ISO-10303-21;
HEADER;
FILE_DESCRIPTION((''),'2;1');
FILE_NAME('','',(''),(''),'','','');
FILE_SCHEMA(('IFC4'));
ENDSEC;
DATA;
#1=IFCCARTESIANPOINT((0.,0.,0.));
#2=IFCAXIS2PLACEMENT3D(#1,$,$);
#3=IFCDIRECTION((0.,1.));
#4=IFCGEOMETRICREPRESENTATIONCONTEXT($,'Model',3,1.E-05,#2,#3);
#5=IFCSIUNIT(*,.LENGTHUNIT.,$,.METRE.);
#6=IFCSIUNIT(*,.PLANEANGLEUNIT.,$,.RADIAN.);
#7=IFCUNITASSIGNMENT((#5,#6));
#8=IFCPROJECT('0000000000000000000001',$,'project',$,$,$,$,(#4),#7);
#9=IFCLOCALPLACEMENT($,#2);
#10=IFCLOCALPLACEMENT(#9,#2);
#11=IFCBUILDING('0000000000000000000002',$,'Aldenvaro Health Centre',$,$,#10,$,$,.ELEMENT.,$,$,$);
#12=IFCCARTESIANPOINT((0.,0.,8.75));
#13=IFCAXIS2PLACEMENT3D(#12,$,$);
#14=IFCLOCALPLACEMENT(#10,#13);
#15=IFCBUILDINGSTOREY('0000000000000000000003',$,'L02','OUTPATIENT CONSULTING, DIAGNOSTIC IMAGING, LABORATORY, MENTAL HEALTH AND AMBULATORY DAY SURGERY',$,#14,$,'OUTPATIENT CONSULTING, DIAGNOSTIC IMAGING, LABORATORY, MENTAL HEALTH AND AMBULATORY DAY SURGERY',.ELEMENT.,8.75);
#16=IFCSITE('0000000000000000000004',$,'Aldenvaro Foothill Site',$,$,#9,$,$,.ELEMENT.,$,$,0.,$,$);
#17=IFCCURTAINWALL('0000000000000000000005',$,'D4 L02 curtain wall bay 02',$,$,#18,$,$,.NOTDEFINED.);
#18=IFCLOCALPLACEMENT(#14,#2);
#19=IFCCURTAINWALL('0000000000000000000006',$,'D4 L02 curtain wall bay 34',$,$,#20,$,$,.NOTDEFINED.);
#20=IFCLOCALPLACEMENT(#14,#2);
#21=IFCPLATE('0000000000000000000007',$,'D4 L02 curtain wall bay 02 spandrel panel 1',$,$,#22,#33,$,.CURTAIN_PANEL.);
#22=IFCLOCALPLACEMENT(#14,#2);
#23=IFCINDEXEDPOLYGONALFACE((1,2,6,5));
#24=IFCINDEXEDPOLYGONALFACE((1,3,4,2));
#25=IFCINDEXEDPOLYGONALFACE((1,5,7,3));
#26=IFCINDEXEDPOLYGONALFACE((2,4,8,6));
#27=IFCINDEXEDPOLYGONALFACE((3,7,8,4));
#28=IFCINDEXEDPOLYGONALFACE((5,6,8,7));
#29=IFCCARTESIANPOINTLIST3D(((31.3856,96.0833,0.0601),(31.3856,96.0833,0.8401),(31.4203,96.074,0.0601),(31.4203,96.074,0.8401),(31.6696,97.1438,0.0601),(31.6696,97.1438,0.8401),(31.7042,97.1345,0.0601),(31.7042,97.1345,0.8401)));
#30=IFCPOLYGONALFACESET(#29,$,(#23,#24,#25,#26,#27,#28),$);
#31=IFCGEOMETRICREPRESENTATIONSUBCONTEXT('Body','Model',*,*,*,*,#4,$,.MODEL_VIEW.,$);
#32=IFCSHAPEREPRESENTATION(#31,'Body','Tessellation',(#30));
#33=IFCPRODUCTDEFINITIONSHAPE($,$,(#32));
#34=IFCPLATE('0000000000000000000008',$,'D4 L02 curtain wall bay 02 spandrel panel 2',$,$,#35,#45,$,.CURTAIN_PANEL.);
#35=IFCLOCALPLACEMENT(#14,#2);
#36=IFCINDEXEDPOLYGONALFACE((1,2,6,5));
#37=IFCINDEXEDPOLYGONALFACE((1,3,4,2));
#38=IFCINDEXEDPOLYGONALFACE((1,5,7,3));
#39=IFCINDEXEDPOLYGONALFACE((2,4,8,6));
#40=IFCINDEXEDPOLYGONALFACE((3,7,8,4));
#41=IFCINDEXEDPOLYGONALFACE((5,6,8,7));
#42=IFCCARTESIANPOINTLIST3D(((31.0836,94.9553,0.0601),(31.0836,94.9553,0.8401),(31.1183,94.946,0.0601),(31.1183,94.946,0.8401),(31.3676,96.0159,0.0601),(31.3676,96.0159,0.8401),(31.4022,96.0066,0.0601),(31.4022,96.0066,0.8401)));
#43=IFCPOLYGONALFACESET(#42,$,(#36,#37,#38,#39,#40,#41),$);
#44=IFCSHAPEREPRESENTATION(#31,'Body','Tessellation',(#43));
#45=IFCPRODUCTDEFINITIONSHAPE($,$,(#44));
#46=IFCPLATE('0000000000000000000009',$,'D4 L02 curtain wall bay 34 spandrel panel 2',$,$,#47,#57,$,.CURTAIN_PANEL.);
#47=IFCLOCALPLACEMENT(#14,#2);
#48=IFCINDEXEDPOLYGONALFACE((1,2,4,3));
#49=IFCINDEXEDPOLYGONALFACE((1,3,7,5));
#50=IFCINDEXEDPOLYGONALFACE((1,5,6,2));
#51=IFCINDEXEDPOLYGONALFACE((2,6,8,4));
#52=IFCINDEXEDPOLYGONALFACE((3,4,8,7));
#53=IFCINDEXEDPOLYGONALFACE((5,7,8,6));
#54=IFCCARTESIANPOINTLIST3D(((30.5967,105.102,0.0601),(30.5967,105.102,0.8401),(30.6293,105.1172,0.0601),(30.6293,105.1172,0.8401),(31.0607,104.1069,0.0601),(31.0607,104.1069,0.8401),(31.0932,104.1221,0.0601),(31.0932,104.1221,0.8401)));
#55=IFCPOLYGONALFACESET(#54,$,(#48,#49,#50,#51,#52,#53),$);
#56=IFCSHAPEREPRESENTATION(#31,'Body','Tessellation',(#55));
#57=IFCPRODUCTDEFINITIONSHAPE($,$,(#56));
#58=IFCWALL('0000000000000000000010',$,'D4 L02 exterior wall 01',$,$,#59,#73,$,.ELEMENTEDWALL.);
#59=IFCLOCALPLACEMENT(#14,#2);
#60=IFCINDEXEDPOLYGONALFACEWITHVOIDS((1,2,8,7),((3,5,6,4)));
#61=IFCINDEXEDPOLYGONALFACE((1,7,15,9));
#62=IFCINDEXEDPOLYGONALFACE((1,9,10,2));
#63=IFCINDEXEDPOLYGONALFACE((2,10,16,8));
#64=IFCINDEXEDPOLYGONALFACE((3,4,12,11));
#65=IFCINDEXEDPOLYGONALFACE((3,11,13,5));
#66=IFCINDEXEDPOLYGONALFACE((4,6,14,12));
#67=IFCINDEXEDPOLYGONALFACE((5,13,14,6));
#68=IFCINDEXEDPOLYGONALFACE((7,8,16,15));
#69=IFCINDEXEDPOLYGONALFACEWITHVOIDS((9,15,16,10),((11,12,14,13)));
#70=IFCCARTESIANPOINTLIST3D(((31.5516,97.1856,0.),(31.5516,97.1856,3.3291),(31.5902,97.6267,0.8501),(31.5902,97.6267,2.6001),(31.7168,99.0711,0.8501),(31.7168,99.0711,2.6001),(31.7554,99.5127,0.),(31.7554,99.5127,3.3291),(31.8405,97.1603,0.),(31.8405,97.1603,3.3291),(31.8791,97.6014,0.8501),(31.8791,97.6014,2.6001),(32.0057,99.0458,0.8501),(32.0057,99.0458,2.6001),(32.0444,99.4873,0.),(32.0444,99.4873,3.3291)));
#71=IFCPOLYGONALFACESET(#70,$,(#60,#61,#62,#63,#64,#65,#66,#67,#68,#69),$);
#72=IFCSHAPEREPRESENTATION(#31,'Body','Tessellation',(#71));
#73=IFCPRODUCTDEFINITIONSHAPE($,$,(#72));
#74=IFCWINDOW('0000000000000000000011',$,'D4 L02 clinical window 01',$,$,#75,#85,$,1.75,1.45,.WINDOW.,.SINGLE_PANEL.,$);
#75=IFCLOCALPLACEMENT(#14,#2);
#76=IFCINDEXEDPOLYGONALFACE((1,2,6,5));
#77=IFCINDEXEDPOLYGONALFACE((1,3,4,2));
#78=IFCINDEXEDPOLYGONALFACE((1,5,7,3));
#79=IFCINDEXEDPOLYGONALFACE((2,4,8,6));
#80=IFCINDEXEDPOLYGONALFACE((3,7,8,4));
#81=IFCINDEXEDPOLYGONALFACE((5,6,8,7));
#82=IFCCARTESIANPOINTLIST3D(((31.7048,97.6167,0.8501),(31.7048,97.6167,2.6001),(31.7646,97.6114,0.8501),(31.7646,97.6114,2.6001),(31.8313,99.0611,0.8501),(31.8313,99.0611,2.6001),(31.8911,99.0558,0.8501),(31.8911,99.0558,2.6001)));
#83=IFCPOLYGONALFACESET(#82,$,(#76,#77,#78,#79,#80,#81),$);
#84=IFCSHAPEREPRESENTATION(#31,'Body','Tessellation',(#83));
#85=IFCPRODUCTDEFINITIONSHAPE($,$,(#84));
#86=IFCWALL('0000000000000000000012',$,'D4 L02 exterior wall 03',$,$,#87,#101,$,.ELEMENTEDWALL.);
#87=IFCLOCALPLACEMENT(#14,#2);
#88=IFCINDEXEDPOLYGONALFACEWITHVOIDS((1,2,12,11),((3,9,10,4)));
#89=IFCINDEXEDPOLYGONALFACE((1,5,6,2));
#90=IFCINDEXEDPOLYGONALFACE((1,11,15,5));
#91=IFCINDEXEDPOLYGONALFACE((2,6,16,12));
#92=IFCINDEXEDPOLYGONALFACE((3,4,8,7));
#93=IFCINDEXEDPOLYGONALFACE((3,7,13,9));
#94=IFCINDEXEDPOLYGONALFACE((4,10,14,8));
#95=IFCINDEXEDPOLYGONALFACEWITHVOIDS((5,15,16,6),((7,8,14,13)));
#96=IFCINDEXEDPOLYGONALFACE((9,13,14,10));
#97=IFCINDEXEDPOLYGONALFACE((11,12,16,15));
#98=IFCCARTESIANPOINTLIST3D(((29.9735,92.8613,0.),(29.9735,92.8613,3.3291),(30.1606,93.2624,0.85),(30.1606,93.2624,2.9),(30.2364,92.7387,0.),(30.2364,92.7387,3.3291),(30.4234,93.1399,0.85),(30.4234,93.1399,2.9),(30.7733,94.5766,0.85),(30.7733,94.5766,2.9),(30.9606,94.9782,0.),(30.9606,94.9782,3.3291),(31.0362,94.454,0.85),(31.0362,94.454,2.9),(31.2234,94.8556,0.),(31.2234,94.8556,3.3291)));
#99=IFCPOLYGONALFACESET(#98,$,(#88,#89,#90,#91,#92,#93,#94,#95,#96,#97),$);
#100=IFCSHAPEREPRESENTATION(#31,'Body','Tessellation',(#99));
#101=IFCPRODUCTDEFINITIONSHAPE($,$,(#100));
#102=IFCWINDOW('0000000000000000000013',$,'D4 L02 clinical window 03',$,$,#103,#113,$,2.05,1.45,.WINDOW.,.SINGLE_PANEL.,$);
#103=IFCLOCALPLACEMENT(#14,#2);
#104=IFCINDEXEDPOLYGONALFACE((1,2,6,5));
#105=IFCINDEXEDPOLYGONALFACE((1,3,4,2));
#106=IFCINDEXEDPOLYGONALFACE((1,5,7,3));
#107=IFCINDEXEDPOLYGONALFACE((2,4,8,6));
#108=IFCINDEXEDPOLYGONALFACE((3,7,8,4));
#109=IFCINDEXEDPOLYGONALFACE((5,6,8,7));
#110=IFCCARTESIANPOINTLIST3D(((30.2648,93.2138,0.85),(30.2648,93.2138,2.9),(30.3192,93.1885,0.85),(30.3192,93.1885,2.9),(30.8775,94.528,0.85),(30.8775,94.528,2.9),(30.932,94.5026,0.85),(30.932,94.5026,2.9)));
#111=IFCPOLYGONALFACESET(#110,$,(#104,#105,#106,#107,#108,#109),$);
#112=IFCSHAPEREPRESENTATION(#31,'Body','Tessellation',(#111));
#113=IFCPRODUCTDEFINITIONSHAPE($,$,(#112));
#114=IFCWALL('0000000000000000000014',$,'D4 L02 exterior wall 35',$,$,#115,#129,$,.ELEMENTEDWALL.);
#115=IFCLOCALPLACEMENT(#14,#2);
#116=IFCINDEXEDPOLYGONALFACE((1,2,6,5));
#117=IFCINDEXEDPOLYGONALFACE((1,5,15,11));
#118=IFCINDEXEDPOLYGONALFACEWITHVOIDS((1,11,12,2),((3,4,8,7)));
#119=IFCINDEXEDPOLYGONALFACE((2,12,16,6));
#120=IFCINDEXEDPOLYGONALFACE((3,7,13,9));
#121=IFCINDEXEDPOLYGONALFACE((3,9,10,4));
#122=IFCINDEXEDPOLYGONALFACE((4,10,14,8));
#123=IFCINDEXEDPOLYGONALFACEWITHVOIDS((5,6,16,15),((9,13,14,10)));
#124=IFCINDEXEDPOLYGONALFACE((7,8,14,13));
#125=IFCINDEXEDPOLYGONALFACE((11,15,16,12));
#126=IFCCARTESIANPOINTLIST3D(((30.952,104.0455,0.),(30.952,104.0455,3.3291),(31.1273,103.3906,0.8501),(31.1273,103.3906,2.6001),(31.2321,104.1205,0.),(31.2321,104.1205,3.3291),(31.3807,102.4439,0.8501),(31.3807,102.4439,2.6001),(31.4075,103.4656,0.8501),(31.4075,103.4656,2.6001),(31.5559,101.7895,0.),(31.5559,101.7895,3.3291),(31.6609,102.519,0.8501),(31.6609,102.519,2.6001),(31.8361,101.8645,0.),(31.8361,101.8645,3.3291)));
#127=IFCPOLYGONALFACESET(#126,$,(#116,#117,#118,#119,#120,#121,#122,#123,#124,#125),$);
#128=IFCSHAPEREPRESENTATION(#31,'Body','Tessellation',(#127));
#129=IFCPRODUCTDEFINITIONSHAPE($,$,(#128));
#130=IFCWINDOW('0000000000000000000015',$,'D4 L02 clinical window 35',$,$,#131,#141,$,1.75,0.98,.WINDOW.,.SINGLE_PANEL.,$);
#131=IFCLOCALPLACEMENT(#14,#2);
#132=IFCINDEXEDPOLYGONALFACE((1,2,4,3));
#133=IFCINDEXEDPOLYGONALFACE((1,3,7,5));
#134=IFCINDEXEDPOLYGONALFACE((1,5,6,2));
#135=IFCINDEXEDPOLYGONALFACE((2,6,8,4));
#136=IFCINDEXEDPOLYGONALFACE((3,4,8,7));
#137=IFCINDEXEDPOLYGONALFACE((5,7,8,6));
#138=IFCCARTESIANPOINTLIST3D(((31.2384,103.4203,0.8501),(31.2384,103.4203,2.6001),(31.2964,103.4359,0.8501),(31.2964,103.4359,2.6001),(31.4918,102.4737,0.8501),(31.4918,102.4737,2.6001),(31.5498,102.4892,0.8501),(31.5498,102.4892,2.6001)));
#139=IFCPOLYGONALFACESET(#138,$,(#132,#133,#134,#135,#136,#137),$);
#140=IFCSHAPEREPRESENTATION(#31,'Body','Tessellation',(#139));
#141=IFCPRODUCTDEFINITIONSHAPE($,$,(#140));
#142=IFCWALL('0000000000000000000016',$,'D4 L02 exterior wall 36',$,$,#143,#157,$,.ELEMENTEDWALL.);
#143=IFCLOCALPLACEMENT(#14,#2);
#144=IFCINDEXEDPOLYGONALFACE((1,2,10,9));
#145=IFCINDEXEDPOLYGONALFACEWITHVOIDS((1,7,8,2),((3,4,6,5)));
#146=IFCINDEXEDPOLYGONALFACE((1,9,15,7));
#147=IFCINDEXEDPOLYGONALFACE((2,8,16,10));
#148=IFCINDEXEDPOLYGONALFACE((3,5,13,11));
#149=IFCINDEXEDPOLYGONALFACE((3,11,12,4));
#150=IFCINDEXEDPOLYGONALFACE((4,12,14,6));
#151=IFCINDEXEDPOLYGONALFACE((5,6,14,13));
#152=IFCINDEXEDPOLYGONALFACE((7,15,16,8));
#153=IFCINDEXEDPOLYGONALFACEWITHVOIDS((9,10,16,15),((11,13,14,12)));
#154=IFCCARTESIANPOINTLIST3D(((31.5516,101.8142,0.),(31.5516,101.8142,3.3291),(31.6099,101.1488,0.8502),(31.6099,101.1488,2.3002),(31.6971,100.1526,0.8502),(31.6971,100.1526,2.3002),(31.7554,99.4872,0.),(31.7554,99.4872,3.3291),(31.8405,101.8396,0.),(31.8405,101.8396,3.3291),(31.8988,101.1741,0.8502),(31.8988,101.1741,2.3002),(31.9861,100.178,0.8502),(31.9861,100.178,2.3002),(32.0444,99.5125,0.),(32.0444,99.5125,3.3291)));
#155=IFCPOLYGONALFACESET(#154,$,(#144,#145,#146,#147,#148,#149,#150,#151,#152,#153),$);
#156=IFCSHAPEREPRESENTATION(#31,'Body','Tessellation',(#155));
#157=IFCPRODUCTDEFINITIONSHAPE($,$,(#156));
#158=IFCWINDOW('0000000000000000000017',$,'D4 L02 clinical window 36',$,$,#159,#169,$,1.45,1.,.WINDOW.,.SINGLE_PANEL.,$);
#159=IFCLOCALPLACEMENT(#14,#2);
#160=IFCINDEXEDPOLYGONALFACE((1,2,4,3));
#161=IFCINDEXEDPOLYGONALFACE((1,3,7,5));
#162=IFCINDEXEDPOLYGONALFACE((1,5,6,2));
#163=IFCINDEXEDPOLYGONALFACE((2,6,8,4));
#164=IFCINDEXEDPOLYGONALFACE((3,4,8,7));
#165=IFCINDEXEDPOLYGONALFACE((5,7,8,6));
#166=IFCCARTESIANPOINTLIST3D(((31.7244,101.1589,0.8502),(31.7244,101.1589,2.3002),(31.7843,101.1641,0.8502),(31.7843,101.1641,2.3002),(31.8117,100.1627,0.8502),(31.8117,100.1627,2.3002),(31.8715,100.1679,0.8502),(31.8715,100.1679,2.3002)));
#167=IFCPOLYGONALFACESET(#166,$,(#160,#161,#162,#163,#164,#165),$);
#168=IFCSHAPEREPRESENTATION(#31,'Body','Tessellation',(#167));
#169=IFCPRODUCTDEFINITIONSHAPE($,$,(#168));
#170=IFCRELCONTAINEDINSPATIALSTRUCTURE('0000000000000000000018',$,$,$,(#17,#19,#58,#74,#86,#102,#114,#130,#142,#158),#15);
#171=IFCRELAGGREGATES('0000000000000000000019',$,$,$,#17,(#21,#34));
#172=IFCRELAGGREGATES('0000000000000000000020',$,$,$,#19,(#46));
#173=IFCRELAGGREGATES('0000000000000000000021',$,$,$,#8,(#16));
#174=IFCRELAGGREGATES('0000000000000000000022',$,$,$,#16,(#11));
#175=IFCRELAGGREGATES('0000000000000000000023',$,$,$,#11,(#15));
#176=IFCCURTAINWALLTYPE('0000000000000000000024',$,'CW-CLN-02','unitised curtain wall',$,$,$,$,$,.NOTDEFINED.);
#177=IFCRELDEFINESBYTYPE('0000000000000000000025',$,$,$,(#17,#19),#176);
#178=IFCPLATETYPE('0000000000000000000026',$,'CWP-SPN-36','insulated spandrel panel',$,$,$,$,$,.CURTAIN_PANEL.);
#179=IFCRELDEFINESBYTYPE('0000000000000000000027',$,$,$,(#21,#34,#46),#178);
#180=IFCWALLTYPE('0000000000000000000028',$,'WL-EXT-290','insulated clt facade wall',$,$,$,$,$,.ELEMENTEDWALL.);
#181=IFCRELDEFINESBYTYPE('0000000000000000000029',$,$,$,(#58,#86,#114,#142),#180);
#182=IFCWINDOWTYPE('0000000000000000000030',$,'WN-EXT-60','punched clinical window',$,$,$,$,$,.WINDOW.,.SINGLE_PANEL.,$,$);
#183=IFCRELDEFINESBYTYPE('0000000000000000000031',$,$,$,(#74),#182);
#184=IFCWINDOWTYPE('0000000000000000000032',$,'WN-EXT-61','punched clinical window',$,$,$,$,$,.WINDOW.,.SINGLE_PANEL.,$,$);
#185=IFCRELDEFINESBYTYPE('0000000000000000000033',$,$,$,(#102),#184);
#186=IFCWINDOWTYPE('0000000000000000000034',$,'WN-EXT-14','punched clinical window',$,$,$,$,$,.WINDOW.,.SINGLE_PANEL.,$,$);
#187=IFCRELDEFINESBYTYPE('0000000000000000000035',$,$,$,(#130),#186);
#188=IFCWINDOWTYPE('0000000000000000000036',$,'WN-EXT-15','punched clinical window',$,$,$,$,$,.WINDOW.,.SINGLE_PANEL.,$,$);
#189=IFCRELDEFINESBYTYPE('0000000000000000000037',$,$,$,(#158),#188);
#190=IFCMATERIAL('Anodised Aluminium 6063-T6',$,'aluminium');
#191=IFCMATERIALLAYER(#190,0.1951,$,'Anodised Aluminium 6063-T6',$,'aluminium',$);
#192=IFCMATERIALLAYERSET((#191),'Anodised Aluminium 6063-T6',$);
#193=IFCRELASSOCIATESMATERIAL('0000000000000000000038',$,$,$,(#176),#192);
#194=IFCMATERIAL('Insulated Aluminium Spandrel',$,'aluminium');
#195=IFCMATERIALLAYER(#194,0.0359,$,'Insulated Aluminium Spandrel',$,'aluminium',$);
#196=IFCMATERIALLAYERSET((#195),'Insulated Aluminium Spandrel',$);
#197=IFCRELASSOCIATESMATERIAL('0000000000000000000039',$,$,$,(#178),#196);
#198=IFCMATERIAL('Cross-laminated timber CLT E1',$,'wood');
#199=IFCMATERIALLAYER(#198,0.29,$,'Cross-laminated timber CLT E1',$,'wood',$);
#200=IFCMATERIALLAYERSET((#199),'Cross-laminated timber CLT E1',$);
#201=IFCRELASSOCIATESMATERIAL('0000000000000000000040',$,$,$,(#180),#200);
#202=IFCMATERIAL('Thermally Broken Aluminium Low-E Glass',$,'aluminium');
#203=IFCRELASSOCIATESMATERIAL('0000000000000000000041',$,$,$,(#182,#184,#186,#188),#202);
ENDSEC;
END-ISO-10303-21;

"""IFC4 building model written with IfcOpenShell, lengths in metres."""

from ifc_helpers import new_model, si_unit, direction, frame, frame_2d, origin, origin_2d, place, context, subcontext, project, spatial, rectangle, extrude, material, layer, layer_set, type_object, element, fill, aggregate, save


model = new_model("IFC4")

# Units and contexts
model_context = context("Model", 3, precision=1e-05, world=origin(), true_north=direction((0.0, 1.0)))
body_context = subcontext(model_context, "Body", "Model", "MODEL_VIEW")
ifc_project = project(units=[si_unit("LENGTHUNIT", "METRE"), si_unit("PLANEANGLEUNIT", "RADIAN")], contexts=[model_context])

# Site, building, storey
site_placement = place(None, origin())
site = spatial("IfcSite", under=ifc_project, at=site_placement, Name="Aldenvaro Foothill Site", CompositionType="ELEMENT", RefElevation=0.0)
building_placement = place(site_placement, origin())
building = spatial("IfcBuilding", under=site, at=building_placement, Name="Aldenvaro Health Centre", CompositionType="ELEMENT")
storey_placement = place(building_placement, frame((0.0, 0.0, 8.75)))
storey = spatial("IfcBuildingStorey", under=building, at=storey_placement, Name="L02", Description="OUTPATIENT CONSULTING, DIAGNOSTIC IMAGING, LABORATORY, MENTAL HEALTH AND AMBULATORY DAY SURGERY", LongName="OUTPATIENT CONSULTING, DIAGNOSTIC IMAGING, LABORATORY, MENTAL HEALTH AND AMBULATORY DAY SURGERY", CompositionType="ELEMENT", Elevation=8.75)

# Curtain wall
ifc_material_1 = material(Name="Anodised Aluminium 6063-T6", Category="aluminium")
ifc_layer_1 = layer(ifc_material_1, 0.1951, Name="Anodised Aluminium 6063-T6", Category="aluminium")
ifc_layer_set_1 = layer_set([ifc_layer_1], Name="Anodised Aluminium 6063-T6")
curtain_wall_type = type_object("IfcCurtainWallType", Name="CW-CLN-02", Description="unitised curtain wall", PredefinedType="NOTDEFINED", material=ifc_layer_set_1)
curtain_wall_1_placement = place(storey_placement, origin())
curtain_wall_1 = element("IfcCurtainWall", 1, at=curtain_wall_1_placement, inside=storey, type_object=curtain_wall_type, Name="D4 L02 curtain wall bay 02", PredefinedType="NOTDEFINED")

# Curtain wall
curtain_wall_2_placement = place(storey_placement, origin())
curtain_wall_2 = element("IfcCurtainWall", 2, at=curtain_wall_2_placement, inside=storey, type_object=curtain_wall_type, Name="D4 L02 curtain wall bay 34", PredefinedType="NOTDEFINED")

# Plates
ifc_material_2 = material(Name="Insulated Aluminium Spandrel", Category="aluminium")
ifc_layer_2 = layer(ifc_material_2, 0.0359, Name="Insulated Aluminium Spandrel", Category="aluminium")
ifc_layer_set_2 = layer_set([ifc_layer_2], Name="Insulated Aluminium Spandrel")
plate_type_1 = type_object("IfcPlateType", Name="CWP-SPN-36", Description="insulated spandrel panel", PredefinedType="CURTAIN_PANEL", material=ifc_layer_set_2)
plate_1_placement = place(storey_placement, frame((31.5449, 96.6089, 0.0601), z_axis=(0.0, 0.0, 1.0), x_axis=(-0.258622, -0.965979, 0.0)))
plate_1 = element("IfcPlate", 3, at=plate_1_placement, type_object=plate_type_1, Name="D4 L02 curtain wall bay 02 spandrel panel 1", PredefinedType="CURTAIN_PANEL", context=body_context, shape_type="SweptSolid", body=[
    extrude(rectangle(XDim=1.0979, YDim=0.0359, at=origin_2d()), origin(), (0.0, 0.0, 1.0), 0.78),
])
plate_2_placement = place(storey_placement, frame((31.2429, 95.481, 0.0601), z_axis=(0.0, 0.0, 1.0), x_axis=(-0.258622, -0.965979, 0.0)))
plate_2 = element("IfcPlate", 4, at=plate_2_placement, type_object=plate_type_1, Name="D4 L02 curtain wall bay 02 spandrel panel 2", PredefinedType="CURTAIN_PANEL", context=body_context, shape_type="SweptSolid", body=[
    extrude(rectangle(XDim=1.0979, YDim=0.0359, at=origin_2d()), origin(), (0.0, 0.0, 1.0), 0.78),
])
aggregate(curtain_wall_1, [plate_1, plate_2])
plate_3_placement = place(storey_placement, frame((30.845, 104.6121, 0.0601), z_axis=(0.0, 0.0, 1.0), x_axis=(0.422557, -0.906336, 0.0)))
plate_3 = element("IfcPlate", 5, at=plate_3_placement, type_object=plate_type_1, Name="D4 L02 curtain wall bay 34 spandrel panel 2", PredefinedType="CURTAIN_PANEL", context=body_context, shape_type="SweptSolid", body=[
    extrude(rectangle(XDim=1.0979, YDim=0.0359, at=origin_2d()), origin(), (0.0, 0.0, 1.0), 0.78),
])
aggregate(curtain_wall_2, [plate_3])

# Walls, openings, windows
ifc_material_3 = material(Name="Cross-laminated timber CLT E1", Category="wood")
ifc_layer_3 = layer(ifc_material_3, 0.29, Name="Cross-laminated timber CLT E1", Category="wood")
ifc_layer_set_3 = layer_set([ifc_layer_3], Name="Cross-laminated timber CLT E1")
wall_type = type_object("IfcWallType", Name="WL-EXT-290", Description="insulated clt facade wall", PredefinedType="ELEMENTEDWALL", material=ifc_layer_set_3)
wall_1_placement = place(storey_placement, frame((31.8999, 99.5, 0.0), z_axis=(0.0, 0.0, 1.0), x_axis=(-0.087275, -0.996184, 0.0)))
wall_1 = element("IfcWall", 6, at=wall_1_placement, inside=storey, type_object=wall_type, Name="D4 L02 exterior wall 01", PredefinedType="ELEMENTEDWALL", context=body_context, shape_type="SweptSolid", body=[
    extrude(rectangle(XDim=2.3359, YDim=0.29, at=frame_2d((1.168, 0.0))), origin(), (0.0, 0.0, 1.0), 3.3291),
])
opening_1_placement = place(wall_1_placement, frame((0.4431, 0.0, 0.8501)))
opening_1 = element("IfcOpeningElement", 7, at=opening_1_placement, cuts=wall_1, PredefinedType="OPENING", context=body_context, shape_type="SweptSolid", body=[
    extrude(rectangle(XDim=1.45, YDim=1.75, at=frame_2d((0.7251, 0.875))), frame((0.0, 0.155, 0.0), z_axis=(0.0, -1.0, 0.0), x_axis=(1.0, 0.0, 0.0)), (0.0, 0.0, 1.0), 0.3101),
])
ifc_material_4 = material(Name="Thermally Broken Aluminium Low-E Glass", Category="aluminium")
window_type_1 = type_object("IfcWindowType", Name="WN-EXT-60", Description="punched clinical window", PartitioningType="SINGLE_PANEL", PredefinedType="WINDOW", material=ifc_material_4)
window_1_placement = place(opening_1_placement, origin())
window_1 = element("IfcWindow", 8, at=window_1_placement, inside=storey, type_object=window_type_1, Name="D4 L02 clinical window 01", OverallHeight=1.75, OverallWidth=1.45, PartitioningType="SINGLE_PANEL", PredefinedType="WINDOW", context=body_context, shape_type="SweptSolid", body=[
    extrude(rectangle(XDim=1.45, YDim=1.75, at=frame_2d((0.7251, 0.875))), frame((0.0, 0.03, 0.0), z_axis=(0.0, -1.0, 0.0), x_axis=(1.0, 0.0, 0.0)), (0.0, 0.0, 1.0), 0.0601),
])
fill(opening_1, window_1)
wall_2_placement = place(storey_placement, frame((31.092, 94.917, 0.0), z_axis=(0.0, 0.0, 1.0), x_axis=(-0.422588, -0.906322, 0.0)))
wall_2 = element("IfcWall", 9, at=wall_2_placement, inside=storey, type_object=wall_type, Name="D4 L02 exterior wall 03", PredefinedType="ELEMENTEDWALL", context=body_context, shape_type="SweptSolid", body=[
    extrude(rectangle(XDim=2.3357, YDim=0.29, at=frame_2d((1.168, 0.0))), origin(), (0.0, 0.0, 1.0), 3.3291),
])
opening_2_placement = place(wall_2_placement, frame((0.4431, 0.0, 0.8501)))
opening_2 = element("IfcOpeningElement", 10, at=opening_2_placement, cuts=wall_2, PredefinedType="OPENING", context=body_context, shape_type="SweptSolid", body=[
    extrude(rectangle(XDim=1.45, YDim=2.05, at=frame_2d((0.7251, 1.0249))), frame((0.0, 0.155, 0.0), z_axis=(0.0, -1.0, 0.0), x_axis=(1.0, 0.0, 0.0)), (0.0, 0.0, 1.0), 0.3101),
])
window_type_2 = type_object("IfcWindowType", Name="WN-EXT-61", Description="punched clinical window", PartitioningType="SINGLE_PANEL", PredefinedType="WINDOW", material=ifc_material_4)
window_2_placement = place(opening_2_placement, origin())
window_2 = element("IfcWindow", 11, at=window_2_placement, inside=storey, type_object=window_type_2, Name="D4 L02 clinical window 03", OverallHeight=2.05, OverallWidth=1.45, PartitioningType="SINGLE_PANEL", PredefinedType="WINDOW", context=body_context, shape_type="SweptSolid", body=[
    extrude(rectangle(XDim=1.45, YDim=2.05, at=frame_2d((0.7251, 1.0249))), frame((0.0, 0.03, 0.0), z_axis=(0.0, -1.0, 0.0), x_axis=(1.0, 0.0, 0.0)), (0.0, 0.0, 1.0), 0.0601),
])
fill(opening_2, window_2)
wall_3_placement = place(storey_placement, frame((31.092, 104.083, 0.0), z_axis=(0.0, 0.0, 1.0), x_axis=(0.258612, -0.965981, 0.0)))
wall_3 = element("IfcWall", 12, at=wall_3_placement, inside=storey, type_object=wall_type, Name="D4 L02 exterior wall 35", PredefinedType="ELEMENTEDWALL", context=body_context, shape_type="SweptSolid", body=[
    extrude(rectangle(XDim=2.3354, YDim=0.29, at=frame_2d((1.1677, 0.0))), origin(), (0.0, 0.0, 1.0), 3.3291),
])
opening_3_placement = place(wall_3_placement, frame((0.678, 0.0, 0.8501)))
opening_3 = element("IfcOpeningElement", 13, at=opening_3_placement, cuts=wall_3, PredefinedType="OPENING", context=body_context, shape_type="SweptSolid", body=[
    extrude(rectangle(XDim=0.98, YDim=1.75, at=frame_2d((0.49, 0.875))), frame((0.0, 0.155, 0.0), z_axis=(0.0, -1.0, 0.0), x_axis=(1.0, 0.0, 0.0)), (0.0, 0.0, 1.0), 0.3101),
])
window_type_3 = type_object("IfcWindowType", Name="WN-EXT-14", Description="punched clinical window", PartitioningType="SINGLE_PANEL", PredefinedType="WINDOW", material=ifc_material_4)
window_3_placement = place(opening_3_placement, origin())
window_3 = element("IfcWindow", 14, at=window_3_placement, inside=storey, type_object=window_type_3, Name="D4 L02 clinical window 35", OverallHeight=1.75, OverallWidth=0.98, PartitioningType="SINGLE_PANEL", PredefinedType="WINDOW", context=body_context, shape_type="SweptSolid", body=[
    extrude(rectangle(XDim=0.98, YDim=1.75, at=frame_2d((0.49, 0.875))), frame((0.0, 0.03, 0.0), z_axis=(0.0, -1.0, 0.0), x_axis=(1.0, 0.0, 0.0)), (0.0, 0.0, 1.0), 0.0601),
])
fill(opening_3, window_3)
wall_4_placement = place(storey_placement, frame((31.696, 101.8269, 0.0), z_axis=(0.0, 0.0, 1.0), x_axis=(0.087275, -0.996184, 0.0)))
wall_4 = element("IfcWall", 15, at=wall_4_placement, inside=storey, type_object=wall_type, Name="D4 L02 exterior wall 36", PredefinedType="ELEMENTEDWALL", context=body_context, shape_type="SweptSolid", body=[
    extrude(rectangle(XDim=2.3359, YDim=0.29, at=frame_2d((1.168, 0.0))), origin(), (0.0, 0.0, 1.0), 3.3291),
])
opening_4_placement = place(wall_4_placement, frame((0.668, 0.0, 0.8501)))
opening_4 = element("IfcOpeningElement", 16, at=opening_4_placement, cuts=wall_4, PredefinedType="OPENING", context=body_context, shape_type="SweptSolid", body=[
    extrude(rectangle(XDim=1.0, YDim=1.45, at=frame_2d((0.5, 0.7251))), frame((0.0, 0.155, 0.0), z_axis=(0.0, -1.0, 0.0), x_axis=(1.0, 0.0, 0.0)), (0.0, 0.0, 1.0), 0.3101),
])
window_type_4 = type_object("IfcWindowType", Name="WN-EXT-15", Description="punched clinical window", PartitioningType="SINGLE_PANEL", PredefinedType="WINDOW", material=ifc_material_4)
window_4_placement = place(opening_4_placement, origin())
window_4 = element("IfcWindow", 17, at=window_4_placement, inside=storey, type_object=window_type_4, Name="D4 L02 clinical window 36", OverallHeight=1.45, OverallWidth=1.0, PartitioningType="SINGLE_PANEL", PredefinedType="WINDOW", context=body_context, shape_type="SweptSolid", body=[
    extrude(rectangle(XDim=1.0, YDim=1.45, at=frame_2d((0.5, 0.7251))), frame((0.0, 0.03, 0.0), z_axis=(0.0, -1.0, 0.0), x_axis=(1.0, 0.0, 0.0)), (0.0, 0.0, 1.0), 0.0601),
])
fill(opening_4, window_4)

save(model, "model.ifc")
